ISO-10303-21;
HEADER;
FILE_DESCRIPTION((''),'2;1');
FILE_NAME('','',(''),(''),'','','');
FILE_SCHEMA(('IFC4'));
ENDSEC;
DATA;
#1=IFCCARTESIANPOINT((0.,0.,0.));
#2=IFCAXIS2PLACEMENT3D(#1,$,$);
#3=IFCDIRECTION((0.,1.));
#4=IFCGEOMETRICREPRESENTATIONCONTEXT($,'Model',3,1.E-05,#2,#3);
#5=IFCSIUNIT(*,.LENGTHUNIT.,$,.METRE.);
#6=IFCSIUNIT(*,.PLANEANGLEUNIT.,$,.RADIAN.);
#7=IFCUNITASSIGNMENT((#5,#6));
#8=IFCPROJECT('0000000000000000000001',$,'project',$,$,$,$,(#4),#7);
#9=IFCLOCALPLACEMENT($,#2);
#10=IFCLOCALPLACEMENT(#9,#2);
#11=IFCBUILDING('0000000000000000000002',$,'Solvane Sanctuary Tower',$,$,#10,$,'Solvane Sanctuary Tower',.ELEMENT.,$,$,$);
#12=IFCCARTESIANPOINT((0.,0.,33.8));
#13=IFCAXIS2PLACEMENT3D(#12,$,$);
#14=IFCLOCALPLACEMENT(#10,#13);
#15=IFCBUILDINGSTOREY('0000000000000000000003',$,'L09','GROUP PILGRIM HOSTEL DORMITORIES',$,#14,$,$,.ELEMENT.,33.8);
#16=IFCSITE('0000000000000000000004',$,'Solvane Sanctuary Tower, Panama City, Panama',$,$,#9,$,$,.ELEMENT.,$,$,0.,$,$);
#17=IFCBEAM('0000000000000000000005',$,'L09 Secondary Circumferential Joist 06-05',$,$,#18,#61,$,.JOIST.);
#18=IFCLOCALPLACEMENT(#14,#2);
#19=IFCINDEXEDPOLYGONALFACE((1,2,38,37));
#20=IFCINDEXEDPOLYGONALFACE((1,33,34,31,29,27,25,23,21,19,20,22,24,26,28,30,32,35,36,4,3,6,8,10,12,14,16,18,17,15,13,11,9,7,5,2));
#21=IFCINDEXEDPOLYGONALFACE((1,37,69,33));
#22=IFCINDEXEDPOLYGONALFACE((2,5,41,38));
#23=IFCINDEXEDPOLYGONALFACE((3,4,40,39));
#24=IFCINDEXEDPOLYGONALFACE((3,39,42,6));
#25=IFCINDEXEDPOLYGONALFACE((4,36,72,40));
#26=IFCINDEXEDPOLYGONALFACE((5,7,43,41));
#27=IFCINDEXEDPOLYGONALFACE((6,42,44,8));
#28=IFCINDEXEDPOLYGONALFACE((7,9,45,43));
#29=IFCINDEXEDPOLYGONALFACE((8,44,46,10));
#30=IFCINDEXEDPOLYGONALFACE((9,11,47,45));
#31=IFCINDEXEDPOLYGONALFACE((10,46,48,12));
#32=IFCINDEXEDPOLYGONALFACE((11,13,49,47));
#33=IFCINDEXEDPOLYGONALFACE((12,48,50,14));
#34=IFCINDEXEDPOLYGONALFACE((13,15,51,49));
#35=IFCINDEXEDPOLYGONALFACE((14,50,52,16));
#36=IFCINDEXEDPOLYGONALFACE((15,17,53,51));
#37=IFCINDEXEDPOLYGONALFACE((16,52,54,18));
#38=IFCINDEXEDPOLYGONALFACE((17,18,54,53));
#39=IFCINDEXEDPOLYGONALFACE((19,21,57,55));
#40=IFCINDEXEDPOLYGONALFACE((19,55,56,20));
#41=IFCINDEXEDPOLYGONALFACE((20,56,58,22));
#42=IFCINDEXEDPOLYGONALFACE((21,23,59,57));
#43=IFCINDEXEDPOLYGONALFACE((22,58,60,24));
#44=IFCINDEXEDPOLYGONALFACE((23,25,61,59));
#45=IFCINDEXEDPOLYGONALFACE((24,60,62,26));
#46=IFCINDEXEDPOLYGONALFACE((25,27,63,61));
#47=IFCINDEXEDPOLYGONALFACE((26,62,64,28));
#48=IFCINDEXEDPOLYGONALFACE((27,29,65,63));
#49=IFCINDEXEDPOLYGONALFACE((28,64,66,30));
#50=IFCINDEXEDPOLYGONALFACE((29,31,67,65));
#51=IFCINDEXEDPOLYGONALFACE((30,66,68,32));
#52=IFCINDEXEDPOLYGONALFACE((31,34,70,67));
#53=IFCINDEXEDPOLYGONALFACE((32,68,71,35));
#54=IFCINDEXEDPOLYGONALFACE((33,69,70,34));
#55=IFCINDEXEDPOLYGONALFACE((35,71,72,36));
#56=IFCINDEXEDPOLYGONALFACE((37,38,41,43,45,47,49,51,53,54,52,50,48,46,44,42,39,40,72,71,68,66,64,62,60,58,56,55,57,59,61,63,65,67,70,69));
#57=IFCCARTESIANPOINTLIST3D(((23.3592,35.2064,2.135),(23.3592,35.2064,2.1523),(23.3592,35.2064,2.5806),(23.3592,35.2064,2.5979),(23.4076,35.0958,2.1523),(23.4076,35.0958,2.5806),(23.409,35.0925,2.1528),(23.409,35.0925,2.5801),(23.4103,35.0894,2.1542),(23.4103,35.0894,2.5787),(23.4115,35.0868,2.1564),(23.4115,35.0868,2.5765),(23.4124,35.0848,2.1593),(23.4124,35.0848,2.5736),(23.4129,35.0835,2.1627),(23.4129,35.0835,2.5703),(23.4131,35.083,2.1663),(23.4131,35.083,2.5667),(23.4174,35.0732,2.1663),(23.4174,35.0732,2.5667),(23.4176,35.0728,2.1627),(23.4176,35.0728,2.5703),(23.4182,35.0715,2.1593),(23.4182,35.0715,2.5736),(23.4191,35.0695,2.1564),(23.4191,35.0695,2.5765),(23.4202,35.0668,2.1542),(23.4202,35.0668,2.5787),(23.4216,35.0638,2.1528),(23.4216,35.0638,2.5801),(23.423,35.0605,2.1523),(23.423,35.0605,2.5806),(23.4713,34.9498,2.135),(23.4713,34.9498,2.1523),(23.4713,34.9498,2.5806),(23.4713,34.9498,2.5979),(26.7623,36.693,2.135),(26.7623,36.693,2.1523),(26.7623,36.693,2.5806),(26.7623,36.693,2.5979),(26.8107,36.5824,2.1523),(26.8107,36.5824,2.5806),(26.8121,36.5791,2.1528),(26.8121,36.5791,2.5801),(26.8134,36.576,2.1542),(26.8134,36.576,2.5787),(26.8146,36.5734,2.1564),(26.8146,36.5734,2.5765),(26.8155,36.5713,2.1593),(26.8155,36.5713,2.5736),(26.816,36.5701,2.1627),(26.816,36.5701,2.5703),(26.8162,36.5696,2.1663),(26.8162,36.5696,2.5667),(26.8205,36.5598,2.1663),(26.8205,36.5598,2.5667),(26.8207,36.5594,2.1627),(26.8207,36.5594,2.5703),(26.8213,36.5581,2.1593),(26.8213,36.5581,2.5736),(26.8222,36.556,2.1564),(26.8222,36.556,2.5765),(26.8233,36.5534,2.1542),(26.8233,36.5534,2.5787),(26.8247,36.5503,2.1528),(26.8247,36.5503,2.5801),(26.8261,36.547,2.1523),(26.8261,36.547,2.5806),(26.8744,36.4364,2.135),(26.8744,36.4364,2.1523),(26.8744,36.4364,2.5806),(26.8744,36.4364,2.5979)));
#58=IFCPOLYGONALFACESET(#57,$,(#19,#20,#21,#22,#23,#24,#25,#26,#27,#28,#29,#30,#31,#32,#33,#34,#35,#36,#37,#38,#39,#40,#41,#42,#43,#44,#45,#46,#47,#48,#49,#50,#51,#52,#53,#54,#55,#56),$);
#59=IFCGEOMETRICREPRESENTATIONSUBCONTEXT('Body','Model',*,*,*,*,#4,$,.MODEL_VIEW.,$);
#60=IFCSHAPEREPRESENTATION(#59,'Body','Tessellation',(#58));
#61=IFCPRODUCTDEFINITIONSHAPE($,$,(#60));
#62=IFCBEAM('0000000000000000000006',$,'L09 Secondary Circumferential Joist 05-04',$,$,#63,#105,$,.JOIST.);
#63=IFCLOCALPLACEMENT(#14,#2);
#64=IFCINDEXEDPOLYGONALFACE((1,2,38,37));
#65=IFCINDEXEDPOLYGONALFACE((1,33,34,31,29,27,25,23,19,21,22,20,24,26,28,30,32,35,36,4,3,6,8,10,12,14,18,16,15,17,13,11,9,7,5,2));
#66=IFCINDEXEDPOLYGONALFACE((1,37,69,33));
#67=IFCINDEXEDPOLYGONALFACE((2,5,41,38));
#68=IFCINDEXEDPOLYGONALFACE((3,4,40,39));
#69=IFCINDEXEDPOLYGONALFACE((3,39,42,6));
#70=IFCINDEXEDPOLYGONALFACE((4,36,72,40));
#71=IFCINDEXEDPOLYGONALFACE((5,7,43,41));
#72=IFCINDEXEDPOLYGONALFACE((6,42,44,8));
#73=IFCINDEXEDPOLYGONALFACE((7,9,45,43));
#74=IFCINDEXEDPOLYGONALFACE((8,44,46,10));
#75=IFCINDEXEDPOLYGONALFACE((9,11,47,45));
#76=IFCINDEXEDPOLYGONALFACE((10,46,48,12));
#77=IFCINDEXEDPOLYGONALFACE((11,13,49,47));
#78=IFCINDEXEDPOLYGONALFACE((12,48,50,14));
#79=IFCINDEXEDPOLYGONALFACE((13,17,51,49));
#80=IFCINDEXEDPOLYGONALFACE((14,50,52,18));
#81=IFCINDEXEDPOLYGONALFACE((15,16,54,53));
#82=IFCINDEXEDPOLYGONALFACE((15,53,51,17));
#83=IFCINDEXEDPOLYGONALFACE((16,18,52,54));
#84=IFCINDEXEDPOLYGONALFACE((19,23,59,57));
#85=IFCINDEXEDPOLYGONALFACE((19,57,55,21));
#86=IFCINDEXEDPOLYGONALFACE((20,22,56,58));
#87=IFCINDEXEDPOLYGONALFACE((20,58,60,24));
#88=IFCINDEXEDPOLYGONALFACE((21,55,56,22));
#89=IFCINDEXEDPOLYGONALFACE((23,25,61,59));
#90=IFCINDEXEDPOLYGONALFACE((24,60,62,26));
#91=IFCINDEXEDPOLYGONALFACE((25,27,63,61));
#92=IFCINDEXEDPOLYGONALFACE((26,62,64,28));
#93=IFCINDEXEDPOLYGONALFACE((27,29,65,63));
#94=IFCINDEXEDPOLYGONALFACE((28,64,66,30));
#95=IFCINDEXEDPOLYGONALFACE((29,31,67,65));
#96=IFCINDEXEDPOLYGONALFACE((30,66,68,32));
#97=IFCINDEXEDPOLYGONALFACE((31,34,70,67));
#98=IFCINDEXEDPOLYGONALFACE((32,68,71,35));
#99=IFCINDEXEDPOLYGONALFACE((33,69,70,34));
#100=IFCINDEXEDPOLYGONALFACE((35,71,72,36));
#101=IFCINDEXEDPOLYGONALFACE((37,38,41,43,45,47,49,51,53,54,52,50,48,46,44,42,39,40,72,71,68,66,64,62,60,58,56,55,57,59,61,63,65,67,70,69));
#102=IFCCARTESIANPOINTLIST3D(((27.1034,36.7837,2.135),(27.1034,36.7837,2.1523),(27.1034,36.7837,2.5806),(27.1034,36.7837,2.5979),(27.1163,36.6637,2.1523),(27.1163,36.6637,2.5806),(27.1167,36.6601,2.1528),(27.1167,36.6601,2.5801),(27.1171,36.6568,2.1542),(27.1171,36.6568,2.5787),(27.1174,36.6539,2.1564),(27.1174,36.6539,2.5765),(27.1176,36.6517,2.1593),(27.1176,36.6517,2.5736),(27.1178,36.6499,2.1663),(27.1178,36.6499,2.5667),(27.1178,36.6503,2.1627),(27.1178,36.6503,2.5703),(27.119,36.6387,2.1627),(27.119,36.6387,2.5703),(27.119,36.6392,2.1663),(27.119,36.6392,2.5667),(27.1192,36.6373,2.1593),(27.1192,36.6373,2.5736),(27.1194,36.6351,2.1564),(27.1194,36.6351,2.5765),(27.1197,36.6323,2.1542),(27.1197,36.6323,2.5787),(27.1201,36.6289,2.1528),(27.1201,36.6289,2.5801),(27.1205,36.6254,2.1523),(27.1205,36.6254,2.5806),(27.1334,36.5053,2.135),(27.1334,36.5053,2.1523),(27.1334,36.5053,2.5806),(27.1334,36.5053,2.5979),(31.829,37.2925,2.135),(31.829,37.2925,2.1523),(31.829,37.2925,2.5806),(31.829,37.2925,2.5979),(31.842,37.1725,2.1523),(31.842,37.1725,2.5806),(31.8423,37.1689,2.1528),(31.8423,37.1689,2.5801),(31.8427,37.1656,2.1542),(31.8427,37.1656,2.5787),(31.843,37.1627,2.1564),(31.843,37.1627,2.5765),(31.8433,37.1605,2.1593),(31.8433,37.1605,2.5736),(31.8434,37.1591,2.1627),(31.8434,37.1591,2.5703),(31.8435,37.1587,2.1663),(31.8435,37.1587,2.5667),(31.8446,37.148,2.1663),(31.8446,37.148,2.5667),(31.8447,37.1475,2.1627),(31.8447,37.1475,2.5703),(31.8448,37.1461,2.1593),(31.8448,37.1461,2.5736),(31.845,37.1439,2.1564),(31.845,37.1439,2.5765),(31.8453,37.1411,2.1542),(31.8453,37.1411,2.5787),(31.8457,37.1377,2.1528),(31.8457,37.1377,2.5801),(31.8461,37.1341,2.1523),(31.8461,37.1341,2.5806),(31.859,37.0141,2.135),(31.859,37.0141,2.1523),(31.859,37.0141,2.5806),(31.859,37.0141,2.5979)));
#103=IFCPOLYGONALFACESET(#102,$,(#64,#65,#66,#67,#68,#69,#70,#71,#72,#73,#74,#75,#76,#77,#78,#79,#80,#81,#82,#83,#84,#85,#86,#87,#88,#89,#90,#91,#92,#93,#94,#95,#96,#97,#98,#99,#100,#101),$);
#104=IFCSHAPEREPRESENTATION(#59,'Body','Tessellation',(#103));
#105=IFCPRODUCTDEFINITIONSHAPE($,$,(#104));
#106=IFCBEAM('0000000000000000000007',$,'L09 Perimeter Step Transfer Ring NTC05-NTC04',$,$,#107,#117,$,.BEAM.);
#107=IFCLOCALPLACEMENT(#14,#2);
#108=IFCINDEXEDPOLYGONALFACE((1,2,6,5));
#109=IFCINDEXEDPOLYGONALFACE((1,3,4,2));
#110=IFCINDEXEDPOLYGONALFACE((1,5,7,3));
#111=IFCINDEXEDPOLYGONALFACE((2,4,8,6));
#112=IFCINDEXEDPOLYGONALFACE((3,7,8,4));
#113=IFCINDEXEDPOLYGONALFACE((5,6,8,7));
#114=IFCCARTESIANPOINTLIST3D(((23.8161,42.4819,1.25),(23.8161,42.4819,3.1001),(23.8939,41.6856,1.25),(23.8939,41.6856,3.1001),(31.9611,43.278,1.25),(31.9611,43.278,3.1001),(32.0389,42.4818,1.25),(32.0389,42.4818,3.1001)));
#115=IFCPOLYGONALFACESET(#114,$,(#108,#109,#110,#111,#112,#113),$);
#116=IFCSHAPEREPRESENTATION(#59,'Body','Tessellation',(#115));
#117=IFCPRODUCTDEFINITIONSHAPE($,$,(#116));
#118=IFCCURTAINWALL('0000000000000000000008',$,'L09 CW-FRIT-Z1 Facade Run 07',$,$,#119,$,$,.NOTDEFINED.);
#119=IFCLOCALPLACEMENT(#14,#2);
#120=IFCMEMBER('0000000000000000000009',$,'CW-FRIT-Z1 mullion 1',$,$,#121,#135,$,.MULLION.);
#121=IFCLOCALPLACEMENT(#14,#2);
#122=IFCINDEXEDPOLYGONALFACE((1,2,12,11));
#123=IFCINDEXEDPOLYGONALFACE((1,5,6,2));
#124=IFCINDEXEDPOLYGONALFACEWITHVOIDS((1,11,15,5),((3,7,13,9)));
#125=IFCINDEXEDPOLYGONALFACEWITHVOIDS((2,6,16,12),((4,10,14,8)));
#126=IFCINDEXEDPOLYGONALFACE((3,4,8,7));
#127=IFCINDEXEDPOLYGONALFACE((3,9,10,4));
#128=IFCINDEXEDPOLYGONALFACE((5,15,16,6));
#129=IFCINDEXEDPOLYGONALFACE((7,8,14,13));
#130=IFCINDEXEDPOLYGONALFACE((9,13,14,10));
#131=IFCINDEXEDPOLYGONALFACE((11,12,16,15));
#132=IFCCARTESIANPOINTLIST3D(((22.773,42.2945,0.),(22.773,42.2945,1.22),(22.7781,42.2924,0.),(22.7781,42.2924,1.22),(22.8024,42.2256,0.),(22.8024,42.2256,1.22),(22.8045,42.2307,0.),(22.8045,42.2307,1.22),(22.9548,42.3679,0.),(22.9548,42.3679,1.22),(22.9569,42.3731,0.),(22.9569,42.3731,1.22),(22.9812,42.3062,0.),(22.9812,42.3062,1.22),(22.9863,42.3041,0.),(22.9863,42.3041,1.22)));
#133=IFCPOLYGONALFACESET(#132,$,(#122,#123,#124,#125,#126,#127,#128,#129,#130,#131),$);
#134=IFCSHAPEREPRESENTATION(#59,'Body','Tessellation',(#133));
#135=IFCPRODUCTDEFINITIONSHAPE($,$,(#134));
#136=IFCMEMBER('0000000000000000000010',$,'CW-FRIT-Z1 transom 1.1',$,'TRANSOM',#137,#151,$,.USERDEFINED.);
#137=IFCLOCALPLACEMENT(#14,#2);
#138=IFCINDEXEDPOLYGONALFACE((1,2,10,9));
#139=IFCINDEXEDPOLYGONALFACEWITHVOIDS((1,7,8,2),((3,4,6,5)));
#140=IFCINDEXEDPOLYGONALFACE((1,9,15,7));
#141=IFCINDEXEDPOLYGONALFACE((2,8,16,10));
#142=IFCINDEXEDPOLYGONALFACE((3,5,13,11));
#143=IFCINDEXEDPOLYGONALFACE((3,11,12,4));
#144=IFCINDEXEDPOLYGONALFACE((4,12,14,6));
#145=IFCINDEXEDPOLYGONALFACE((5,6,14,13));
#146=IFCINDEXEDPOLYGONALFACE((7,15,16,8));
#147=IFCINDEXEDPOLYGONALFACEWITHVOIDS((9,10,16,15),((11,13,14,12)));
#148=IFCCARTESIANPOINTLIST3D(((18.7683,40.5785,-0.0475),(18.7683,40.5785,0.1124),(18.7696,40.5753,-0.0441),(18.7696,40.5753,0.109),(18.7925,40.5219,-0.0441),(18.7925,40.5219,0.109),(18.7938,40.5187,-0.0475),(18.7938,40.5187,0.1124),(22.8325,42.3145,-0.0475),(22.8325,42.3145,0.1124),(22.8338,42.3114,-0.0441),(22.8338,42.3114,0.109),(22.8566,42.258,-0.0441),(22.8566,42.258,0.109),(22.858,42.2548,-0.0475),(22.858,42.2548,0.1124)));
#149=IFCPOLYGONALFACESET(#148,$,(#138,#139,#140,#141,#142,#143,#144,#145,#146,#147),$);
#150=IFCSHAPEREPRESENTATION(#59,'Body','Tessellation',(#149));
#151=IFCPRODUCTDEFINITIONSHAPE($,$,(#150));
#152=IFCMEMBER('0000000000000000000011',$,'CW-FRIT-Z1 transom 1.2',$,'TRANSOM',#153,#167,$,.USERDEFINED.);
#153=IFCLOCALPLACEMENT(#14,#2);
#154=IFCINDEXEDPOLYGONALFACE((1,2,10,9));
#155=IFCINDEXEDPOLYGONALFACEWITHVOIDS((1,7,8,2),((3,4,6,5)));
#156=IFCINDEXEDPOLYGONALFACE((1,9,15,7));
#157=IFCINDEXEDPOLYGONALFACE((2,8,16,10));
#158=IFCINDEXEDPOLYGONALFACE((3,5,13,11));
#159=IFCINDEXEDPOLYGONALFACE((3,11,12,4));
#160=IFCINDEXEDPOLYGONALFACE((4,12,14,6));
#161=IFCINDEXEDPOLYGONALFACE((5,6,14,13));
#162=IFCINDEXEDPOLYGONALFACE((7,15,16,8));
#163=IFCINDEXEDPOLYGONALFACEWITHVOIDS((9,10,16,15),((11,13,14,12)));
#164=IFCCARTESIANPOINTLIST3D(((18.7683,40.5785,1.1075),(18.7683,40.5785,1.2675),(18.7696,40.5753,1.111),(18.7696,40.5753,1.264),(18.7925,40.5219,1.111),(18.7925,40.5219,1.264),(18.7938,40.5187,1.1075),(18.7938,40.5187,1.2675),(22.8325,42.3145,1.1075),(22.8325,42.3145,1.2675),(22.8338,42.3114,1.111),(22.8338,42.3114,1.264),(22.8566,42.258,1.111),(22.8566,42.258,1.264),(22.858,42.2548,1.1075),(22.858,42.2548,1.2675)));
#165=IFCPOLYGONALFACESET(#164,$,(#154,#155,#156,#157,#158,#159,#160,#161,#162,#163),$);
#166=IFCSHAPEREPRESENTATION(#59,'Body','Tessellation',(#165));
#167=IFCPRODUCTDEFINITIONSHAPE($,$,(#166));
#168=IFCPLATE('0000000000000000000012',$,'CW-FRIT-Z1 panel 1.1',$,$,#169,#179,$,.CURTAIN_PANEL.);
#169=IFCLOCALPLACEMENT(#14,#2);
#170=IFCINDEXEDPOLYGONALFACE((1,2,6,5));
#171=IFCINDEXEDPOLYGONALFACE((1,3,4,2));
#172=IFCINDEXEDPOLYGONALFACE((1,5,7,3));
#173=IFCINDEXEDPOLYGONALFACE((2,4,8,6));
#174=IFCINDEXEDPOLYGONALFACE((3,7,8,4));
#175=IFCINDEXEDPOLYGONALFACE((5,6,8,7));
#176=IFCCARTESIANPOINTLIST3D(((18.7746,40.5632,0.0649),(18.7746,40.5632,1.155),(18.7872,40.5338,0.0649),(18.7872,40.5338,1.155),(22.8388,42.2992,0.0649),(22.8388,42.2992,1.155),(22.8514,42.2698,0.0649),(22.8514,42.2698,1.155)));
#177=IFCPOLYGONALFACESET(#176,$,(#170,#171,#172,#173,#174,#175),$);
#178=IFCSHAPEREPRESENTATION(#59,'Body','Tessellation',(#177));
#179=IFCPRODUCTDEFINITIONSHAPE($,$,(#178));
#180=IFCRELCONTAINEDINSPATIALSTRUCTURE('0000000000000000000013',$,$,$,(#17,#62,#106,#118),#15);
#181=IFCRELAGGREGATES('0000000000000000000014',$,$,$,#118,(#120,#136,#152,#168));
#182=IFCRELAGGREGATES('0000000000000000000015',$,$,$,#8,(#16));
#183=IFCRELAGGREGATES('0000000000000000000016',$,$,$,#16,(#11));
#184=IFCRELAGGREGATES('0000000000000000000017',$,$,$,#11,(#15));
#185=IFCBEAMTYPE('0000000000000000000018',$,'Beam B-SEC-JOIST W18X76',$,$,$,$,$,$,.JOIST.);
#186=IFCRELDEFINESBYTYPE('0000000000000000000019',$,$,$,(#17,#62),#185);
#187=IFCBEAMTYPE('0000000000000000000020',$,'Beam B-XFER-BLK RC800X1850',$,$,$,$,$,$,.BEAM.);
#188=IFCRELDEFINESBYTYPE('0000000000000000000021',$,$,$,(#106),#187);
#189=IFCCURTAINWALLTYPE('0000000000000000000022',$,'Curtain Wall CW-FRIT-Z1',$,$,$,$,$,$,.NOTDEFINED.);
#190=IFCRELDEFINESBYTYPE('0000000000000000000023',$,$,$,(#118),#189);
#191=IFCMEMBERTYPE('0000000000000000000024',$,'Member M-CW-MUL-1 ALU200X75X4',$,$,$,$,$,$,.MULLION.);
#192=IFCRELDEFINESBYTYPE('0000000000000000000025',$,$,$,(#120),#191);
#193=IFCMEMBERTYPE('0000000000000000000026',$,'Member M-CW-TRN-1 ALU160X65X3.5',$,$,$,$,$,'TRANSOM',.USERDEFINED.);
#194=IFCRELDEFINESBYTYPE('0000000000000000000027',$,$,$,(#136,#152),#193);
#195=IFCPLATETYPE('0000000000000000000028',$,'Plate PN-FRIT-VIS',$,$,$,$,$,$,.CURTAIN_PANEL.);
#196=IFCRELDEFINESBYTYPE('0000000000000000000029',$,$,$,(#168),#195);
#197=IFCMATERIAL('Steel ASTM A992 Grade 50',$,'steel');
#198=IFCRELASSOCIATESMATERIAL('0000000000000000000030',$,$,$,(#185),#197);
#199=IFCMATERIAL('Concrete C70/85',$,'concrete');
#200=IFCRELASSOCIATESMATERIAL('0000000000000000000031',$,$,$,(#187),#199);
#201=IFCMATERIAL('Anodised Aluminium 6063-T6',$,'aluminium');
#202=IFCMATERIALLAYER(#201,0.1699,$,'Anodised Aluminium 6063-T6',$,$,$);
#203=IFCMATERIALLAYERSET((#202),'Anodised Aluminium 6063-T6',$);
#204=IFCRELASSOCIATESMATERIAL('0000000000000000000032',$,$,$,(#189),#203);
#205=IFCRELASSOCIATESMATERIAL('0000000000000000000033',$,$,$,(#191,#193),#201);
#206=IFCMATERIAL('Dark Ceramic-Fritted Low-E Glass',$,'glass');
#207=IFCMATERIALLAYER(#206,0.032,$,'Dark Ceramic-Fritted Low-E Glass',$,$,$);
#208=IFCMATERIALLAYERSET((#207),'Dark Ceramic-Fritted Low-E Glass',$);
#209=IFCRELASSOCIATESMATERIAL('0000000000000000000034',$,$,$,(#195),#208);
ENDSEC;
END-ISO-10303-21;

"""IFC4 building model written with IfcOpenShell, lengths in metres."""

from ifc_helpers import new_model, si_unit, direction, frame, origin, origin_2d, place, context, subcontext, project, spatial, rectangle, hollow_rectangle, i_section, extrude, material, layer, layer_set, material_profile, profile_set, type_object, element, aggregate, save


model = new_model("IFC4")

# Units and contexts
model_context = context("Model", 3, precision=1e-05, world=origin(), true_north=direction((0.0, 1.0)))
body_context = subcontext(model_context, "Body", "Model", "MODEL_VIEW")
ifc_project = project(units=[si_unit("LENGTHUNIT", "METRE"), si_unit("PLANEANGLEUNIT", "RADIAN")], contexts=[model_context])

# Site, building, storey
site_placement = place(None, origin())
site = spatial("IfcSite", under=ifc_project, at=site_placement, Name="Solvane Sanctuary Tower, Panama City, Panama", CompositionType="ELEMENT", RefElevation=0.0)
building_placement = place(site_placement, origin())
building = spatial("IfcBuilding", under=site, at=building_placement, Name="Solvane Sanctuary Tower", LongName="Solvane Sanctuary Tower", CompositionType="ELEMENT")
storey_placement = place(building_placement, frame((0.0, 0.0, 33.8)))
storey = spatial("IfcBuildingStorey", under=building, at=storey_placement, Name="L09", Description="GROUP PILGRIM HOSTEL DORMITORIES", CompositionType="ELEMENT", Elevation=33.8)

# Shared definitions
ifc_material_1 = material(Name="Concrete C70/85", Category="concrete")

# Beams
ifc_material_2 = material(Name="Steel ASTM A992 Grade 50", Category="steel")
ifc_material_profile_1 = material_profile(ifc_material_2, i_section(OverallWidth=0.28, OverallDepth=0.4629, WebThickness=0.0107, FlangeThickness=0.0173, FilletRadius=0.0139, at=origin_2d()), Name="W18X76")
ifc_profile_set_1 = profile_set([ifc_material_profile_1], Name="Steel ASTM A992 Grade 50")
beam_type_1 = type_object("IfcBeamType", Name="Beam B-SEC-JOIST W18X76", PredefinedType="JOIST", material=ifc_profile_set_1)
beam_1_placement = place(storey_placement, frame((23.4153, 35.0781, 2.3665), z_axis=(0.916382, 0.400305, 0.0), x_axis=(-0.400305, 0.916382, 0.0)))
element("IfcBeam", 1, at=beam_1_placement, inside=storey, type_object=beam_type_1, Name="L09 Secondary Circumferential Joist 06-05", PredefinedType="JOIST", context=body_context, shape_type="SweptSolid", body=[
    extrude(i_section(OverallWidth=0.28, OverallDepth=0.4629, WebThickness=0.0107, FlangeThickness=0.0173, FilletRadius=0.0139, at=origin_2d()), origin(), (0.0, 0.0, 1.0), 3.7136),
])
beam_2_placement = place(storey_placement, frame((27.1184, 36.6445, 2.3665), z_axis=(0.994254, 0.107048, 0.0), x_axis=(-0.107048, 0.994254, 0.0)))
element("IfcBeam", 2, at=beam_2_placement, inside=storey, type_object=beam_type_1, Name="L09 Secondary Circumferential Joist 05-04", PredefinedType="JOIST", context=body_context, shape_type="SweptSolid", body=[
    extrude(i_section(OverallWidth=0.28, OverallDepth=0.4629, WebThickness=0.0107, FlangeThickness=0.0173, FilletRadius=0.0139, at=origin_2d()), origin(), (0.0, 0.0, 1.0), 4.7529),
])
ifc_material_profile_2 = material_profile(ifc_material_1, rectangle(XDim=0.8, YDim=1.8501, at=origin_2d()), Name="RC800X1850")
ifc_profile_set_2 = profile_set([ifc_material_profile_2], Name="Concrete C70/85")
beam_type_2 = type_object("IfcBeamType", Name="Beam B-XFER-BLK RC800X1850", PredefinedType="BEAM", material=ifc_profile_set_2)
beam_3_placement = place(storey_placement, frame((23.855, 42.0837, 2.175), z_axis=(0.995257, 0.097282, 0.0), x_axis=(-0.097282, 0.995257, 0.0)))
element("IfcBeam", 3, at=beam_3_placement, inside=storey, type_object=beam_type_2, Name="L09 Perimeter Step Transfer Ring NTC05-NTC04", PredefinedType="BEAM", context=body_context, shape_type="SweptSolid", body=[
    extrude(rectangle(XDim=0.8, YDim=1.8501, at=origin_2d()), origin(), (0.0, 0.0, 1.0), 8.1838),
])

# Curtain wall, members, plate
ifc_material_3 = material(Name="Anodised Aluminium 6063-T6", Category="aluminium")
ifc_layer_1 = layer(ifc_material_3, 0.1699, Name="Anodised Aluminium 6063-T6")
ifc_layer_set_1 = layer_set([ifc_layer_1], Name="Anodised Aluminium 6063-T6")
curtain_wall_type = type_object("IfcCurtainWallType", Name="Curtain Wall CW-FRIT-Z1", PredefinedType="NOTDEFINED", material=ifc_layer_set_1)
curtain_wall_placement = place(storey_placement, origin())
curtain_wall = element("IfcCurtainWall", 4, at=curtain_wall_placement, inside=storey, type_object=curtain_wall_type, Name="L09 CW-FRIT-Z1 Facade Run 07", PredefinedType="NOTDEFINED")
ifc_material_profile_3 = material_profile(ifc_material_3, hollow_rectangle(XDim=0.075, YDim=0.2, WallThickness=0.0039, at=origin_2d()), Name="ALU200X75X4")
ifc_profile_set_3 = profile_set([ifc_material_profile_3], Name="Anodised Aluminium 6063-T6")
member_type_1 = type_object("IfcMemberType", Name="Member M-CW-MUL-1 ALU200X75X4", PredefinedType="MULLION", material=ifc_profile_set_3)
member_1_placement = place(storey_placement, frame((22.8796, 42.2993, 0.0), z_axis=(0.0, 0.0, 1.0), x_axis=(0.39282, -0.919615, 0.0)))
member_1 = element("IfcMember", 5, at=member_1_placement, type_object=member_type_1, Name="CW-FRIT-Z1 mullion 1", PredefinedType="MULLION", context=body_context, shape_type="SweptSolid", body=[
    extrude(hollow_rectangle(XDim=0.075, YDim=0.2, WallThickness=0.0039, at=origin_2d()), origin(), (0.0, 0.0, 1.0), 1.22),
])
ifc_material_profile_4 = material_profile(ifc_material_3, hollow_rectangle(XDim=0.0649, YDim=0.1599, WallThickness=0.0034, at=origin_2d()), Name="ALU160X65X3.5")
ifc_profile_set_4 = profile_set([ifc_material_profile_4], Name="Anodised Aluminium 6063-T6")
member_type_2 = type_object("IfcMemberType", Name="Member M-CW-TRN-1 ALU160X65X3.5", ElementType="TRANSOM", PredefinedType="USERDEFINED", material=ifc_profile_set_4)
member_2_placement = place(storey_placement, frame((22.8452, 42.2847, 0.0325), z_axis=(-0.919613, -0.392826, 0.0), x_axis=(0.392826, -0.919613, 0.0)))
member_2 = element("IfcMember", 6, at=member_2_placement, type_object=member_type_2, Name="CW-FRIT-Z1 transom 1.1", ObjectType="TRANSOM", PredefinedType="USERDEFINED", context=body_context, shape_type="SweptSolid", body=[
    extrude(hollow_rectangle(XDim=0.0649, YDim=0.1599, WallThickness=0.0034, at=origin_2d()), origin(), (0.0, 0.0, 1.0), 4.4194),
])
member_3_placement = place(storey_placement, frame((22.8452, 42.2847, 1.1875), z_axis=(-0.919613, -0.392826, 0.0), x_axis=(0.392826, -0.919613, 0.0)))
member_3 = element("IfcMember", 7, at=member_3_placement, type_object=member_type_2, Name="CW-FRIT-Z1 transom 1.2", ObjectType="TRANSOM", PredefinedType="USERDEFINED", context=body_context, shape_type="SweptSolid", body=[
    extrude(hollow_rectangle(XDim=0.0649, YDim=0.1599, WallThickness=0.0034, at=origin_2d()), origin(), (0.0, 0.0, 1.0), 4.4194),
])
ifc_material_4 = material(Name="Dark Ceramic-Fritted Low-E Glass", Category="glass")
ifc_layer_2 = layer(ifc_material_4, 0.032, Name="Dark Ceramic-Fritted Low-E Glass")
ifc_layer_set_2 = layer_set([ifc_layer_2], Name="Dark Ceramic-Fritted Low-E Glass")
plate_type = type_object("IfcPlateType", Name="Plate PN-FRIT-VIS", PredefinedType="CURTAIN_PANEL", material=ifc_layer_set_2)
plate_placement = place(storey_placement, frame((20.813, 41.4165, 0.0649), z_axis=(0.0, 0.0, 1.0), x_axis=(-0.919615, -0.39282, 0.0)))
plate = element("IfcPlate", 8, at=plate_placement, type_object=plate_type, Name="CW-FRIT-Z1 panel 1.1", PredefinedType="CURTAIN_PANEL", context=body_context, shape_type="SweptSolid", body=[
    extrude(rectangle(XDim=4.4194, YDim=0.032, at=origin_2d()), origin(), (0.0, 0.0, 1.0), 1.0901),
])
aggregate(curtain_wall, [member_1, member_2, member_3, plate])

save(model, "model.ifc")
